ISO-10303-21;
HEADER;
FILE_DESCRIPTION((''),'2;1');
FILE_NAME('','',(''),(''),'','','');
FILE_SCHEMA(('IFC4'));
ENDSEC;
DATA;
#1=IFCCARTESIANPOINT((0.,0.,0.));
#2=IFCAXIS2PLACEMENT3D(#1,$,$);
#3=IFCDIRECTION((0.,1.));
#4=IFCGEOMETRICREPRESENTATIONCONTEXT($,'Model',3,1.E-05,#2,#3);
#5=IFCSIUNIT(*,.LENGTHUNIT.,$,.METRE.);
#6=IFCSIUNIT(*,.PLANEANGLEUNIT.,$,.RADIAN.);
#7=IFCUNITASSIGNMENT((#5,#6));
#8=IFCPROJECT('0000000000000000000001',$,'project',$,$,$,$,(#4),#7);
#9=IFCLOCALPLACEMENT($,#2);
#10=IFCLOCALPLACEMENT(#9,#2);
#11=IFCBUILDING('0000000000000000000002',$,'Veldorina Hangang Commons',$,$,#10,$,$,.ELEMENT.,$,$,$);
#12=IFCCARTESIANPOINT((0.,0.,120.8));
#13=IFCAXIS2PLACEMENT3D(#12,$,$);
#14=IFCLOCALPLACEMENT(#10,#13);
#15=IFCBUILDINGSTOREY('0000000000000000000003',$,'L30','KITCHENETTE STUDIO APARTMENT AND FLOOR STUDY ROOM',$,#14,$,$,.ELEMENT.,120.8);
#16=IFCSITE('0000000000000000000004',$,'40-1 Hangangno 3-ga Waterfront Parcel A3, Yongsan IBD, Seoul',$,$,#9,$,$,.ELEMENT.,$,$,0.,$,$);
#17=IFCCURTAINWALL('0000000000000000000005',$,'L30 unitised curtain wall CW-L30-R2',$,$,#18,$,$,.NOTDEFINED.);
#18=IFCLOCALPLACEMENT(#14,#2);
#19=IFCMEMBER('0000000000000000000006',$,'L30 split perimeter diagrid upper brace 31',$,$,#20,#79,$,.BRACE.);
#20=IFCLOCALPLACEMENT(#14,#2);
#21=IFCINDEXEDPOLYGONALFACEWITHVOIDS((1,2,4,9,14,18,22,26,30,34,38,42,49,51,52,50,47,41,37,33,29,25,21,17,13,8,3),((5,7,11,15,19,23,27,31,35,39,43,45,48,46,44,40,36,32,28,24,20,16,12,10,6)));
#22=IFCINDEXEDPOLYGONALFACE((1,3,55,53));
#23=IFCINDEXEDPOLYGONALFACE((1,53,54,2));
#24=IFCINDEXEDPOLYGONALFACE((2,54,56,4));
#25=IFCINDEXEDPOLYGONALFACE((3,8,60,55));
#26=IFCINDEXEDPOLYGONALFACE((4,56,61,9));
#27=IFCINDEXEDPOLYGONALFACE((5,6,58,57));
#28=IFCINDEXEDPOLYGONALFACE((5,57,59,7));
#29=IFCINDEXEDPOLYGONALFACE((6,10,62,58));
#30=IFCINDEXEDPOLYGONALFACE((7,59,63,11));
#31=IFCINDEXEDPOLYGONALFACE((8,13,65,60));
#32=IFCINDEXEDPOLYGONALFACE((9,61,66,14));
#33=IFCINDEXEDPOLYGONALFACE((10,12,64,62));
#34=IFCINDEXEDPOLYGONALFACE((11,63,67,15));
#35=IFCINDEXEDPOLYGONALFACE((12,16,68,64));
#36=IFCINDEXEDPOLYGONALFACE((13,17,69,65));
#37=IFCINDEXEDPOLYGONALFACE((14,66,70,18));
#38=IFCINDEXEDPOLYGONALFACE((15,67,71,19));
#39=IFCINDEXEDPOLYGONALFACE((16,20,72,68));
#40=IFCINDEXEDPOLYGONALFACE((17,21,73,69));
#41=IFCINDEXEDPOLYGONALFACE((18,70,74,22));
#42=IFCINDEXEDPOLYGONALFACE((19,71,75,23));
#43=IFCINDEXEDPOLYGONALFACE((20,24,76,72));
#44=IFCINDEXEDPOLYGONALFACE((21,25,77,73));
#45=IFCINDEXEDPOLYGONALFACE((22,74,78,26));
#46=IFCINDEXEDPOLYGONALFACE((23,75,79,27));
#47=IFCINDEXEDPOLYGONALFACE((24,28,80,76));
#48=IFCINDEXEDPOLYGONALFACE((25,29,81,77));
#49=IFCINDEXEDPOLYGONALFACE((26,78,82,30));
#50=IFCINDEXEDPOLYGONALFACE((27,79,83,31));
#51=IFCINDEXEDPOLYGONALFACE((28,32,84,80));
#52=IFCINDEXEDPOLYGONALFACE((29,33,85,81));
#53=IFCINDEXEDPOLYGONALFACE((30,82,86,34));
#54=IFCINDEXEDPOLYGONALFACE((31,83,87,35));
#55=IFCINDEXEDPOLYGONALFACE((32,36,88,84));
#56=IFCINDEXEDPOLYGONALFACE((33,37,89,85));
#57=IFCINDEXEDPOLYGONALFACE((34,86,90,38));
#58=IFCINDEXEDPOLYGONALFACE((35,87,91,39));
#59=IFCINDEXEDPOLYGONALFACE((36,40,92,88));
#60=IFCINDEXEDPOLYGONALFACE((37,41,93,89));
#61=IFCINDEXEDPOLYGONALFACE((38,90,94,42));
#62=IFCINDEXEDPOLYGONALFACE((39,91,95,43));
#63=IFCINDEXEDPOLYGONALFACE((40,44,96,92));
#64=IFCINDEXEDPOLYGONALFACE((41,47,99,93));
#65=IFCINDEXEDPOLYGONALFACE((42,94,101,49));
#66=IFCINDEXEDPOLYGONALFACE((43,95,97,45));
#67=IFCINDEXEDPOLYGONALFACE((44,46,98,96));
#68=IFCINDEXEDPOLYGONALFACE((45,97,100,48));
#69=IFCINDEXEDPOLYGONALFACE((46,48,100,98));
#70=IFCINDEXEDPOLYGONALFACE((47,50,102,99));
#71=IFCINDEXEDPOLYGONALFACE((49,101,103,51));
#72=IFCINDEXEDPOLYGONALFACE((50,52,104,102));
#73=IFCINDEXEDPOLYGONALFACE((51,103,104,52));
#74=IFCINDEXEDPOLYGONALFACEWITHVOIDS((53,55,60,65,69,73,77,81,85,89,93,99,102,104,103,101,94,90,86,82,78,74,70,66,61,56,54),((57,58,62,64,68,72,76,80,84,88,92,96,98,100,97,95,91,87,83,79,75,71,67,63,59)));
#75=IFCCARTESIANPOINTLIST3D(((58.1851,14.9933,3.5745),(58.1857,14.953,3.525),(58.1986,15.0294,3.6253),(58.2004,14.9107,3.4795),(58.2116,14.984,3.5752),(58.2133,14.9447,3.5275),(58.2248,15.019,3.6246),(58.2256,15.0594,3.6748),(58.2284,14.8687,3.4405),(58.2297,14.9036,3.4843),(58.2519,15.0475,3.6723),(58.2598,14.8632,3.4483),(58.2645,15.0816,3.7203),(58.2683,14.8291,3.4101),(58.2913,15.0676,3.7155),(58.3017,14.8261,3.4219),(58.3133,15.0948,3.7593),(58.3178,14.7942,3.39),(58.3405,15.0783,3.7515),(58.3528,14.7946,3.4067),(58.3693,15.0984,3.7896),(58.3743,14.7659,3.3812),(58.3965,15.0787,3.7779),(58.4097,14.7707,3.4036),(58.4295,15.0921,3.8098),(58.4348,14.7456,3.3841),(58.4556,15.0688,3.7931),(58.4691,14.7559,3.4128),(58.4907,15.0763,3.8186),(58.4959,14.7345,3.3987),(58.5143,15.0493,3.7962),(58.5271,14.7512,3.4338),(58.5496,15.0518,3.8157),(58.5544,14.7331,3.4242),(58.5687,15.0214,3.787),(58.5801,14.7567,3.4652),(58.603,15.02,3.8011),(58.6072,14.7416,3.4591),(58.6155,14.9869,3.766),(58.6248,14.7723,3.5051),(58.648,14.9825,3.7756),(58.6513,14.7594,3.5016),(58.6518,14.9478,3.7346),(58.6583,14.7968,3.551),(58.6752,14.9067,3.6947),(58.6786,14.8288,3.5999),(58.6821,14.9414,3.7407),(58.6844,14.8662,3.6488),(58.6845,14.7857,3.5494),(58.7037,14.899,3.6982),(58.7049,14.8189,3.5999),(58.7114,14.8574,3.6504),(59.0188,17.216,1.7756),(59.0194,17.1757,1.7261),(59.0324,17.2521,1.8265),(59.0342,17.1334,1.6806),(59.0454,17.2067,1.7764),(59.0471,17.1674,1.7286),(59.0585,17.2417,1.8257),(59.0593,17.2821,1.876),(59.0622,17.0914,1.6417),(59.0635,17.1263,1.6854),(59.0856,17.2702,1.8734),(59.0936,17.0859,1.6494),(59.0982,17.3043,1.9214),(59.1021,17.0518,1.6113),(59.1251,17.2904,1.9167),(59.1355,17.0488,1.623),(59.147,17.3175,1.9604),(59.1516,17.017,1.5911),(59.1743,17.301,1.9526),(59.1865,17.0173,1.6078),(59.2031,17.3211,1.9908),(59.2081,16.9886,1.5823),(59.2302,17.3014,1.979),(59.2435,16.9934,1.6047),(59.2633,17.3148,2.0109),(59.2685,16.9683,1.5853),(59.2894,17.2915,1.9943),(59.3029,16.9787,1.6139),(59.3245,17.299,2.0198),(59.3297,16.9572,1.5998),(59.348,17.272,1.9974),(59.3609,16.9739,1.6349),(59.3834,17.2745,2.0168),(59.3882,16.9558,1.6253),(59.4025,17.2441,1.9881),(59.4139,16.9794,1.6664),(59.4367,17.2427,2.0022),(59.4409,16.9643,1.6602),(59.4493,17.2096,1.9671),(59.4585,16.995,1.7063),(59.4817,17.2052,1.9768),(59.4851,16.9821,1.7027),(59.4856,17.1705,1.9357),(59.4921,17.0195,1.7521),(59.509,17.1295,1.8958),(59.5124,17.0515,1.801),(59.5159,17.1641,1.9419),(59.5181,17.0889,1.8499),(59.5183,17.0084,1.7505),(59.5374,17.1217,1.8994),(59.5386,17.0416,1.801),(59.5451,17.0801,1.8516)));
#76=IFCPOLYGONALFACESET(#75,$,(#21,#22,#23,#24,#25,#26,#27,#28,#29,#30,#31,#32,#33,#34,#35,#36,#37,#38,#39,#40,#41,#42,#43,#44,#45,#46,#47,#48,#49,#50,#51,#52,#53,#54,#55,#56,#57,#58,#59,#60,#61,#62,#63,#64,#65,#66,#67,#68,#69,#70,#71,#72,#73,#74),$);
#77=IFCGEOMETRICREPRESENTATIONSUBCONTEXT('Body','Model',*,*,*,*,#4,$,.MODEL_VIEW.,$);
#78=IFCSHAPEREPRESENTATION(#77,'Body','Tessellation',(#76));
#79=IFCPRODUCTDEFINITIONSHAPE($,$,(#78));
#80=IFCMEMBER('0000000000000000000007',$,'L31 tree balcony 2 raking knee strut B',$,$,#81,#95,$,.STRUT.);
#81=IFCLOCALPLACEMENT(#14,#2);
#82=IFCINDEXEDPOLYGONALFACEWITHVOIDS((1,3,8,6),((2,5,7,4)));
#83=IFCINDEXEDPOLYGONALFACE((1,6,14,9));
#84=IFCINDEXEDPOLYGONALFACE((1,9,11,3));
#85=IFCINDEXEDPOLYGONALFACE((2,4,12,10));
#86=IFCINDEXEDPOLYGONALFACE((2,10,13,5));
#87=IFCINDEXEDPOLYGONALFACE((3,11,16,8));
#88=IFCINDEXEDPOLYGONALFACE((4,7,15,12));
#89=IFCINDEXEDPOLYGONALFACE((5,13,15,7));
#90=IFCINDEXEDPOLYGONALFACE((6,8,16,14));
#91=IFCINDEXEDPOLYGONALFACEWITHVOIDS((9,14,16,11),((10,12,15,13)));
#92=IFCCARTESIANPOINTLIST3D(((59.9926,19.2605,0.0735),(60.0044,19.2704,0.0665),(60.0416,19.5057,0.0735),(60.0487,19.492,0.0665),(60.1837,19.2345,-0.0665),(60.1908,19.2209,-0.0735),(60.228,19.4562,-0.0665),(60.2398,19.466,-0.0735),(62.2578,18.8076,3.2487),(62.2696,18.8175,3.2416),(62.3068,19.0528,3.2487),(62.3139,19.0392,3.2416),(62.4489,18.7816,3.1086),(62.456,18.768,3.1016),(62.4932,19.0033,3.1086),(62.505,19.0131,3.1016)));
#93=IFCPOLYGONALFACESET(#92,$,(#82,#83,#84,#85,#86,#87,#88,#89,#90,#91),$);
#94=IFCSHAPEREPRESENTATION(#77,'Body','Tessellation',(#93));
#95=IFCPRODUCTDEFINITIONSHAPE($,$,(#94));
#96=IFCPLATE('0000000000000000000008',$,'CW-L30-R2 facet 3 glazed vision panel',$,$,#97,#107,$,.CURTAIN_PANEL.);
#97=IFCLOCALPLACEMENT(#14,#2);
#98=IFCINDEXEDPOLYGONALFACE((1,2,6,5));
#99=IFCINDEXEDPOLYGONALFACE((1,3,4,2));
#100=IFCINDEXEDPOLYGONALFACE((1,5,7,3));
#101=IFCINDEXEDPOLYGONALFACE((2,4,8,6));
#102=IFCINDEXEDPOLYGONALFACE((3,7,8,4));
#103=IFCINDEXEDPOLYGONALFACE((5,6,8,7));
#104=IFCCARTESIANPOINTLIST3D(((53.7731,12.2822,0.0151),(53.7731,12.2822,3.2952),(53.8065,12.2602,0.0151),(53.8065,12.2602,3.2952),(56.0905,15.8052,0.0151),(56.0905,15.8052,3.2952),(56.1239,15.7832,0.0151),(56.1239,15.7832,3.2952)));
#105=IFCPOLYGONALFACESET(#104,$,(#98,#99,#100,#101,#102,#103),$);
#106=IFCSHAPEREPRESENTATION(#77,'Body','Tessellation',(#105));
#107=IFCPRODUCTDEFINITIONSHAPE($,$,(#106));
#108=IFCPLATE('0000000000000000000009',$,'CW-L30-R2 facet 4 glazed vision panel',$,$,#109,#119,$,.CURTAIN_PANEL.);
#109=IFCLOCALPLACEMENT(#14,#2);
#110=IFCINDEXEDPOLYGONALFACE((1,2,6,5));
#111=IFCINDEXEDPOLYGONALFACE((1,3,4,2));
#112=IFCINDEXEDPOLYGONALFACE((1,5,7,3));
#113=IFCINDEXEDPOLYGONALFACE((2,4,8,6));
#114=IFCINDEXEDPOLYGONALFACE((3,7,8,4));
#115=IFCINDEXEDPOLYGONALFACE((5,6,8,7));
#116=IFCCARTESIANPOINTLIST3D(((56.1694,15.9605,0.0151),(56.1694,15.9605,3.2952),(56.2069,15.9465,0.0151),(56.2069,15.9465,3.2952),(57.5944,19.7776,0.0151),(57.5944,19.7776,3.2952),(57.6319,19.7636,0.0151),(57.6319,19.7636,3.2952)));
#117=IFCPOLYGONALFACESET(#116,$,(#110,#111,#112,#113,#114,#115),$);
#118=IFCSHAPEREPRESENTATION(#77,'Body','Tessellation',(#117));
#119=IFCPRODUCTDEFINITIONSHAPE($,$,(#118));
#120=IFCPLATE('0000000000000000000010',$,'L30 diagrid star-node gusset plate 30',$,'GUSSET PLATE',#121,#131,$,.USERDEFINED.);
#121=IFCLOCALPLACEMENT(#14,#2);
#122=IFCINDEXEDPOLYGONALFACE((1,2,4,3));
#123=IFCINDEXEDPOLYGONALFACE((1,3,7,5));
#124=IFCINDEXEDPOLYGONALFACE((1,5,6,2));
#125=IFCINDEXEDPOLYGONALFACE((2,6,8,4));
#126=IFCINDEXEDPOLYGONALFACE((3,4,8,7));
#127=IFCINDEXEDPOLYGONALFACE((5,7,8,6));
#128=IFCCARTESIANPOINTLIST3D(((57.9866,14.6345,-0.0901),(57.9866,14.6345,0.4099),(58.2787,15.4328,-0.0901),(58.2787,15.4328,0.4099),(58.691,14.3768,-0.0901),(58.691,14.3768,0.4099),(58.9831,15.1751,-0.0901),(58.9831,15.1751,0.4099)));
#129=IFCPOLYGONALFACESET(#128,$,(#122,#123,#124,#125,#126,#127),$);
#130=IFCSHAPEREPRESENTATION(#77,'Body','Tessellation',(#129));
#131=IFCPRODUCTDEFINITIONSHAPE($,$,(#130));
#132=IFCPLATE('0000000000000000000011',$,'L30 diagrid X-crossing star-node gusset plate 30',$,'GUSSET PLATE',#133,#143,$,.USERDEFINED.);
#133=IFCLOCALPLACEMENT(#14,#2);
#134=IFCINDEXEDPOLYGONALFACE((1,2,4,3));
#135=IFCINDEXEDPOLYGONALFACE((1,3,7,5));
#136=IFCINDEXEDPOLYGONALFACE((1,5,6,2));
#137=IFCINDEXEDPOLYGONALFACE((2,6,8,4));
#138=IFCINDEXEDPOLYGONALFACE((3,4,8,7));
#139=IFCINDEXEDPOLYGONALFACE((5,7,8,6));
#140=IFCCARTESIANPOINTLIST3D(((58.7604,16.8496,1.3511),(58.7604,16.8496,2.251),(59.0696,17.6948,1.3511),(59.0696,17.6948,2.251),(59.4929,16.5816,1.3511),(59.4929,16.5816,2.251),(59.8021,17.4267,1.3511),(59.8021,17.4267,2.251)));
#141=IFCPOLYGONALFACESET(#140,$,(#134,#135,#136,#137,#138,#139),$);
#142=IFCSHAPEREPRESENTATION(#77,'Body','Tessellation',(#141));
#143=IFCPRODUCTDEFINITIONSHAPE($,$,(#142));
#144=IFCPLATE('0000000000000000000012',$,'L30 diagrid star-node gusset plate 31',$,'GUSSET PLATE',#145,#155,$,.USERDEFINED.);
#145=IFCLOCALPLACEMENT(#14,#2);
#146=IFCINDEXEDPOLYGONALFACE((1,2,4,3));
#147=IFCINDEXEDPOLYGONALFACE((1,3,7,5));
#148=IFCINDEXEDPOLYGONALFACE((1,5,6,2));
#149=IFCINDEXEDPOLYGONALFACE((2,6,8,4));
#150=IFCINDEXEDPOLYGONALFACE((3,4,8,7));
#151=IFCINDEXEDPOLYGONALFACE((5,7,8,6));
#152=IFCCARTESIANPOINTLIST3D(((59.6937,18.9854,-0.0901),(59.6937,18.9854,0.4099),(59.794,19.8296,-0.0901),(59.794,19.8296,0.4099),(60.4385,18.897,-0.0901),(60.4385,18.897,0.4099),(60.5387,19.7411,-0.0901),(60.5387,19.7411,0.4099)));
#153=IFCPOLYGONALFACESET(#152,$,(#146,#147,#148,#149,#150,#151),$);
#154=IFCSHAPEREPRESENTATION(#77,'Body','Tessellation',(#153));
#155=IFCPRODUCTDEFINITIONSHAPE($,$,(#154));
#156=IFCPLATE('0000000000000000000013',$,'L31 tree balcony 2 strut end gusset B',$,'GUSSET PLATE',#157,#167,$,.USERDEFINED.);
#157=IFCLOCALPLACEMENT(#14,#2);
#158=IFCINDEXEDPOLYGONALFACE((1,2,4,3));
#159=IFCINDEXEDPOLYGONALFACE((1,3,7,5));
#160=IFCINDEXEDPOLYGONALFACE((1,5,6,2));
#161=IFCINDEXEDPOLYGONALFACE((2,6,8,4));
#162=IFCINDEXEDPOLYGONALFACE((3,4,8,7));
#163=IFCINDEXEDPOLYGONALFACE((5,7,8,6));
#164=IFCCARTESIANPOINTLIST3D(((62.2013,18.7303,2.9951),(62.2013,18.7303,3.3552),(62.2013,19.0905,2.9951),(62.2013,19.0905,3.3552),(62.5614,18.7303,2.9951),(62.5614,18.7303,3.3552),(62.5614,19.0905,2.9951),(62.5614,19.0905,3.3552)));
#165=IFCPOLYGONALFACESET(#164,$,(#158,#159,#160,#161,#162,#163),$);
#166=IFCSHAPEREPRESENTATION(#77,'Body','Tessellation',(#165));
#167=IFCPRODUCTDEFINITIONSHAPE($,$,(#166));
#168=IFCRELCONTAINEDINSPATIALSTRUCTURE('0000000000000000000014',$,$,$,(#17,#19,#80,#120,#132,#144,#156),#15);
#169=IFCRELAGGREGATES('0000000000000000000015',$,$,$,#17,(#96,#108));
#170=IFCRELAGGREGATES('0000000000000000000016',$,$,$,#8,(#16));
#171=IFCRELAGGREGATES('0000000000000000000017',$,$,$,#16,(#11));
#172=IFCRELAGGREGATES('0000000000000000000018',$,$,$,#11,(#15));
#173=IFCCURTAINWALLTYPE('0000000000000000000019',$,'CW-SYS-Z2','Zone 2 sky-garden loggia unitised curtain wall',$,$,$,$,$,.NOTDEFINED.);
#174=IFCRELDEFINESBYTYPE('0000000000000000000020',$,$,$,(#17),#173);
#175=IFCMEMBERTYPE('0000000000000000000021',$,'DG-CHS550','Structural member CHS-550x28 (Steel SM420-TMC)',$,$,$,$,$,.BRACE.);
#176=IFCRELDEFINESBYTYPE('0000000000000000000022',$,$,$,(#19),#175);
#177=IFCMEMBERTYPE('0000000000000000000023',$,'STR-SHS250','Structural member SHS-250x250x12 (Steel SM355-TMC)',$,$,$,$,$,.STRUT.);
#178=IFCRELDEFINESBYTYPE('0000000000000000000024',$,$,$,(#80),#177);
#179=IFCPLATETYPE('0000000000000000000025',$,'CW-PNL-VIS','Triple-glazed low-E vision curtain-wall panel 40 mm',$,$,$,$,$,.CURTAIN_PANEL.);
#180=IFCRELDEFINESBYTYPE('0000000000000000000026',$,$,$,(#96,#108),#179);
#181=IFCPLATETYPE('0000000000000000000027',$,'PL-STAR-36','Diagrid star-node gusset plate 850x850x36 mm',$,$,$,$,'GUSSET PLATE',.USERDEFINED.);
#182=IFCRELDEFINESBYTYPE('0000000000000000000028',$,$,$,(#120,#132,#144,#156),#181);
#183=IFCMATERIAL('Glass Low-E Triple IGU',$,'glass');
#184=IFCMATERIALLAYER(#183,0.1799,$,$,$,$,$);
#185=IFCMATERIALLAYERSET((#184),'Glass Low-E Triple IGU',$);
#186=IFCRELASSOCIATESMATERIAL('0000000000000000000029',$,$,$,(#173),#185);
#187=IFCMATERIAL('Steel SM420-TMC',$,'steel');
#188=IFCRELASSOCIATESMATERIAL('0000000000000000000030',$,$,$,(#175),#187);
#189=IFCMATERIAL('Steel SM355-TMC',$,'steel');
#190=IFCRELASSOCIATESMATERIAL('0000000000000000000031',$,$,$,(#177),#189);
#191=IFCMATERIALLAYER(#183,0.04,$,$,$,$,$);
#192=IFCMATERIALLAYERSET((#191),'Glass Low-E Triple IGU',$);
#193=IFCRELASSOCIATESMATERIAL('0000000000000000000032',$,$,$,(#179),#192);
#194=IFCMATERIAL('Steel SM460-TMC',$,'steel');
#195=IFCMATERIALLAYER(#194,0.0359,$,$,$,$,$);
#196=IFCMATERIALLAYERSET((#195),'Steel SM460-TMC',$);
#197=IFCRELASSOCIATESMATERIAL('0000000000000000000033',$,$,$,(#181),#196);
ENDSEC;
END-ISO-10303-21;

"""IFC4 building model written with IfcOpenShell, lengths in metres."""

from ifc_helpers import new_model, si_unit, direction, frame, origin, origin_2d, place, context, subcontext, project, spatial, rectangle, hollow_rectangle, hollow_circle, extrude, material, layer, layer_set, material_profile, profile_set, type_object, element, aggregate, save


model = new_model("IFC4")

# Units and contexts
model_context = context("Model", 3, precision=1e-05, world=origin(), true_north=direction((0.0, 1.0)))
body_context = subcontext(model_context, "Body", "Model", "MODEL_VIEW")
ifc_project = project(units=[si_unit("LENGTHUNIT", "METRE"), si_unit("PLANEANGLEUNIT", "RADIAN")], contexts=[model_context])

# Site, building, storey
site_placement = place(None, origin())
site = spatial("IfcSite", under=ifc_project, at=site_placement, Name="40-1 Hangangno 3-ga Waterfront Parcel A3, Yongsan IBD, Seoul", CompositionType="ELEMENT", RefElevation=0.0)
building_placement = place(site_placement, origin())
building = spatial("IfcBuilding", under=site, at=building_placement, Name="Veldorina Hangang Commons", CompositionType="ELEMENT")
storey_placement = place(building_placement, frame((0.0, 0.0, 120.8)))
storey = spatial("IfcBuildingStorey", under=building, at=storey_placement, Name="L30", Description="KITCHENETTE STUDIO APARTMENT AND FLOOR STUDY ROOM", CompositionType="ELEMENT", Elevation=120.8)

# Shared definitions
ifc_material_1 = material(Name="Steel SM355-TMC", Category="steel")
ifc_material_2 = material(Name="Steel SM420-TMC", Category="steel")

# Curtain wall
ifc_material_3 = material(Name="Glass Low-E Triple IGU", Category="glass")
ifc_layer_1 = layer(ifc_material_3, 0.1799)
ifc_layer_set_1 = layer_set([ifc_layer_1], Name="Glass Low-E Triple IGU")
curtain_wall_type = type_object("IfcCurtainWallType", Name="CW-SYS-Z2", Description="Zone 2 sky-garden loggia unitised curtain wall", PredefinedType="NOTDEFINED", material=ifc_layer_set_1)
curtain_wall_placement = place(storey_placement, origin())
curtain_wall = element("IfcCurtainWall", 1, at=curtain_wall_placement, inside=storey, type_object=curtain_wall_type, Name="L30 unitised curtain wall CW-L30-R2", PredefinedType="NOTDEFINED")

# Members
ifc_material_profile_1 = material_profile(ifc_material_2, hollow_circle(Radius=0.2749, WallThickness=0.0281, at=origin_2d()), Name="CHS-550x28")
ifc_profile_set_1 = profile_set([ifc_material_profile_1], Name="Steel SM420-TMC")
member_type_1 = type_object("IfcMemberType", Name="DG-CHS550", Description="Structural member CHS-550x28 (Steel SM420-TMC)", PredefinedType="BRACE", material=ifc_profile_set_1)
member_1_placement = place(storey_placement, frame((59.2812, 17.1382, 1.801), z_axis=(-0.279925, -0.746248, 0.60395), x_axis=(0.936295, -0.351214, 0.0)))
element("IfcMember", 2, at=member_1_placement, inside=storey, type_object=member_type_1, Name="L30 split perimeter diagrid upper brace 31", PredefinedType="BRACE", context=body_context, shape_type="SweptSolid", body=[
    extrude(hollow_circle(Radius=0.2749, WallThickness=0.0281, at=origin_2d()), origin(), (0.0, 0.0, 1.0), 2.9785),
])
ifc_material_profile_2 = material_profile(ifc_material_1, hollow_rectangle(XDim=0.25, YDim=0.25, WallThickness=0.012, at=origin_2d()), Name="SHS-250x250x12")
ifc_profile_set_2 = profile_set([ifc_material_profile_2], Name="Steel SM355-TMC")
member_type_2 = type_object("IfcMemberType", Name="STR-SHS250", Description="Structural member SHS-250x250x12 (Steel SM355-TMC)", PredefinedType="STRUT", material=ifc_profile_set_2)
member_2_placement = place(storey_placement, frame((60.1162, 19.3633, 0.0), z_axis=(0.576894, -0.115342, 0.808634), x_axis=(0.196055, 0.980593, 0.0)))
element("IfcMember", 3, at=member_2_placement, inside=storey, type_object=member_type_2, Name="L31 tree balcony 2 raking knee strut B", PredefinedType="STRUT", context=body_context, shape_type="SweptSolid", body=[
    extrude(hollow_rectangle(XDim=0.25, YDim=0.25, WallThickness=0.012, at=origin_2d()), origin(), (0.0, 0.0, 1.0), 3.9265),
])

# Plates
ifc_layer_2 = layer(ifc_material_3, 0.04)
ifc_layer_set_2 = layer_set([ifc_layer_2], Name="Glass Low-E Triple IGU")
plate_type_1 = type_object("IfcPlateType", Name="CW-PNL-VIS", Description="Triple-glazed low-E vision curtain-wall panel 40 mm", PredefinedType="CURTAIN_PANEL", material=ifc_layer_set_2)
plate_1_placement = place(storey_placement, frame((54.9485, 14.0327, 0.0151), z_axis=(0.0, 0.0, 1.0), x_axis=(0.549562, 0.835453, 0.0)))
plate_1 = element("IfcPlate", 4, at=plate_1_placement, type_object=plate_type_1, Name="CW-L30-R2 facet 3 glazed vision panel", PredefinedType="CURTAIN_PANEL", context=body_context, shape_type="SweptSolid", body=[
    extrude(rectangle(XDim=4.2168, YDim=0.04, at=origin_2d()), origin(), (0.0, 0.0, 1.0), 3.28),
])
plate_2_placement = place(storey_placement, frame((56.9006, 17.8621, 0.0151), z_axis=(0.0, 0.0, 1.0), x_axis=(0.349733, 0.936849, 0.0)))
plate_2 = element("IfcPlate", 5, at=plate_2_placement, type_object=plate_type_1, Name="CW-L30-R2 facet 4 glazed vision panel", PredefinedType="CURTAIN_PANEL", context=body_context, shape_type="SweptSolid", body=[
    extrude(rectangle(XDim=4.0745, YDim=0.04, at=origin_2d()), origin(), (0.0, 0.0, 1.0), 3.28),
])
aggregate(curtain_wall, [plate_1, plate_2])

# Plates
ifc_material_4 = material(Name="Steel SM460-TMC", Category="steel")
ifc_layer_3 = layer(ifc_material_4, 0.0359)
ifc_layer_set_3 = layer_set([ifc_layer_3], Name="Steel SM460-TMC")
plate_type_2 = type_object("IfcPlateType", Name="PL-STAR-36", Description="Diagrid star-node gusset plate 850x850x36 mm", ElementType="GUSSET PLATE", PredefinedType="USERDEFINED", material=ifc_layer_set_3)
plate_3_placement = place(storey_placement, frame((58.4849, 14.9048, -0.0901), z_axis=(0.0, 0.0, 1.0), x_axis=(0.343611, 0.939112, 0.0)))
element("IfcPlate", 6, at=plate_3_placement, inside=storey, type_object=plate_type_2, Name="L30 diagrid star-node gusset plate 30", ObjectType="GUSSET PLATE", PredefinedType="USERDEFINED", context=body_context, shape_type="SweptSolid", body=[
    extrude(rectangle(XDim=0.8501, YDim=0.75, at=origin_2d()), origin(), (0.0, 0.0, 1.0), 0.5),
])
plate_4_placement = place(storey_placement, frame((59.2812, 17.1382, 1.3511), z_axis=(0.0, 0.0, 1.0), x_axis=(0.343611, 0.939112, 0.0)))
element("IfcPlate", 7, at=plate_4_placement, inside=storey, type_object=plate_type_2, Name="L30 diagrid X-crossing star-node gusset plate 30", ObjectType="GUSSET PLATE", PredefinedType="USERDEFINED", context=body_context, shape_type="SweptSolid", body=[
    extrude(rectangle(XDim=0.8999, YDim=0.78, at=origin_2d()), origin(), (0.0, 0.0, 1.0), 0.8999),
])
plate_5_placement = place(storey_placement, frame((60.1162, 19.3633, -0.0901), z_axis=(0.0, 0.0, 1.0), x_axis=(0.117953, 0.993019, 0.0)))
element("IfcPlate", 8, at=plate_5_placement, inside=storey, type_object=plate_type_2, Name="L30 diagrid star-node gusset plate 31", ObjectType="GUSSET PLATE", PredefinedType="USERDEFINED", context=body_context, shape_type="SweptSolid", body=[
    extrude(rectangle(XDim=0.8501, YDim=0.75, at=origin_2d()), origin(), (0.0, 0.0, 1.0), 0.5),
])
plate_6_placement = place(storey_placement, frame((62.3813, 18.9104, 2.9951), z_axis=(0.0, 0.0, 1.0), x_axis=(1.0, 0.0, 0.0)))
element("IfcPlate", 9, at=plate_6_placement, inside=storey, type_object=plate_type_2, Name="L31 tree balcony 2 strut end gusset B", ObjectType="GUSSET PLATE", PredefinedType="USERDEFINED", context=body_context, shape_type="SweptSolid", body=[
    extrude(rectangle(XDim=0.3601, YDim=0.3601, at=origin_2d()), origin(), (0.0, 0.0, 1.0), 0.3601),
])

save(model, "model.ifc")
